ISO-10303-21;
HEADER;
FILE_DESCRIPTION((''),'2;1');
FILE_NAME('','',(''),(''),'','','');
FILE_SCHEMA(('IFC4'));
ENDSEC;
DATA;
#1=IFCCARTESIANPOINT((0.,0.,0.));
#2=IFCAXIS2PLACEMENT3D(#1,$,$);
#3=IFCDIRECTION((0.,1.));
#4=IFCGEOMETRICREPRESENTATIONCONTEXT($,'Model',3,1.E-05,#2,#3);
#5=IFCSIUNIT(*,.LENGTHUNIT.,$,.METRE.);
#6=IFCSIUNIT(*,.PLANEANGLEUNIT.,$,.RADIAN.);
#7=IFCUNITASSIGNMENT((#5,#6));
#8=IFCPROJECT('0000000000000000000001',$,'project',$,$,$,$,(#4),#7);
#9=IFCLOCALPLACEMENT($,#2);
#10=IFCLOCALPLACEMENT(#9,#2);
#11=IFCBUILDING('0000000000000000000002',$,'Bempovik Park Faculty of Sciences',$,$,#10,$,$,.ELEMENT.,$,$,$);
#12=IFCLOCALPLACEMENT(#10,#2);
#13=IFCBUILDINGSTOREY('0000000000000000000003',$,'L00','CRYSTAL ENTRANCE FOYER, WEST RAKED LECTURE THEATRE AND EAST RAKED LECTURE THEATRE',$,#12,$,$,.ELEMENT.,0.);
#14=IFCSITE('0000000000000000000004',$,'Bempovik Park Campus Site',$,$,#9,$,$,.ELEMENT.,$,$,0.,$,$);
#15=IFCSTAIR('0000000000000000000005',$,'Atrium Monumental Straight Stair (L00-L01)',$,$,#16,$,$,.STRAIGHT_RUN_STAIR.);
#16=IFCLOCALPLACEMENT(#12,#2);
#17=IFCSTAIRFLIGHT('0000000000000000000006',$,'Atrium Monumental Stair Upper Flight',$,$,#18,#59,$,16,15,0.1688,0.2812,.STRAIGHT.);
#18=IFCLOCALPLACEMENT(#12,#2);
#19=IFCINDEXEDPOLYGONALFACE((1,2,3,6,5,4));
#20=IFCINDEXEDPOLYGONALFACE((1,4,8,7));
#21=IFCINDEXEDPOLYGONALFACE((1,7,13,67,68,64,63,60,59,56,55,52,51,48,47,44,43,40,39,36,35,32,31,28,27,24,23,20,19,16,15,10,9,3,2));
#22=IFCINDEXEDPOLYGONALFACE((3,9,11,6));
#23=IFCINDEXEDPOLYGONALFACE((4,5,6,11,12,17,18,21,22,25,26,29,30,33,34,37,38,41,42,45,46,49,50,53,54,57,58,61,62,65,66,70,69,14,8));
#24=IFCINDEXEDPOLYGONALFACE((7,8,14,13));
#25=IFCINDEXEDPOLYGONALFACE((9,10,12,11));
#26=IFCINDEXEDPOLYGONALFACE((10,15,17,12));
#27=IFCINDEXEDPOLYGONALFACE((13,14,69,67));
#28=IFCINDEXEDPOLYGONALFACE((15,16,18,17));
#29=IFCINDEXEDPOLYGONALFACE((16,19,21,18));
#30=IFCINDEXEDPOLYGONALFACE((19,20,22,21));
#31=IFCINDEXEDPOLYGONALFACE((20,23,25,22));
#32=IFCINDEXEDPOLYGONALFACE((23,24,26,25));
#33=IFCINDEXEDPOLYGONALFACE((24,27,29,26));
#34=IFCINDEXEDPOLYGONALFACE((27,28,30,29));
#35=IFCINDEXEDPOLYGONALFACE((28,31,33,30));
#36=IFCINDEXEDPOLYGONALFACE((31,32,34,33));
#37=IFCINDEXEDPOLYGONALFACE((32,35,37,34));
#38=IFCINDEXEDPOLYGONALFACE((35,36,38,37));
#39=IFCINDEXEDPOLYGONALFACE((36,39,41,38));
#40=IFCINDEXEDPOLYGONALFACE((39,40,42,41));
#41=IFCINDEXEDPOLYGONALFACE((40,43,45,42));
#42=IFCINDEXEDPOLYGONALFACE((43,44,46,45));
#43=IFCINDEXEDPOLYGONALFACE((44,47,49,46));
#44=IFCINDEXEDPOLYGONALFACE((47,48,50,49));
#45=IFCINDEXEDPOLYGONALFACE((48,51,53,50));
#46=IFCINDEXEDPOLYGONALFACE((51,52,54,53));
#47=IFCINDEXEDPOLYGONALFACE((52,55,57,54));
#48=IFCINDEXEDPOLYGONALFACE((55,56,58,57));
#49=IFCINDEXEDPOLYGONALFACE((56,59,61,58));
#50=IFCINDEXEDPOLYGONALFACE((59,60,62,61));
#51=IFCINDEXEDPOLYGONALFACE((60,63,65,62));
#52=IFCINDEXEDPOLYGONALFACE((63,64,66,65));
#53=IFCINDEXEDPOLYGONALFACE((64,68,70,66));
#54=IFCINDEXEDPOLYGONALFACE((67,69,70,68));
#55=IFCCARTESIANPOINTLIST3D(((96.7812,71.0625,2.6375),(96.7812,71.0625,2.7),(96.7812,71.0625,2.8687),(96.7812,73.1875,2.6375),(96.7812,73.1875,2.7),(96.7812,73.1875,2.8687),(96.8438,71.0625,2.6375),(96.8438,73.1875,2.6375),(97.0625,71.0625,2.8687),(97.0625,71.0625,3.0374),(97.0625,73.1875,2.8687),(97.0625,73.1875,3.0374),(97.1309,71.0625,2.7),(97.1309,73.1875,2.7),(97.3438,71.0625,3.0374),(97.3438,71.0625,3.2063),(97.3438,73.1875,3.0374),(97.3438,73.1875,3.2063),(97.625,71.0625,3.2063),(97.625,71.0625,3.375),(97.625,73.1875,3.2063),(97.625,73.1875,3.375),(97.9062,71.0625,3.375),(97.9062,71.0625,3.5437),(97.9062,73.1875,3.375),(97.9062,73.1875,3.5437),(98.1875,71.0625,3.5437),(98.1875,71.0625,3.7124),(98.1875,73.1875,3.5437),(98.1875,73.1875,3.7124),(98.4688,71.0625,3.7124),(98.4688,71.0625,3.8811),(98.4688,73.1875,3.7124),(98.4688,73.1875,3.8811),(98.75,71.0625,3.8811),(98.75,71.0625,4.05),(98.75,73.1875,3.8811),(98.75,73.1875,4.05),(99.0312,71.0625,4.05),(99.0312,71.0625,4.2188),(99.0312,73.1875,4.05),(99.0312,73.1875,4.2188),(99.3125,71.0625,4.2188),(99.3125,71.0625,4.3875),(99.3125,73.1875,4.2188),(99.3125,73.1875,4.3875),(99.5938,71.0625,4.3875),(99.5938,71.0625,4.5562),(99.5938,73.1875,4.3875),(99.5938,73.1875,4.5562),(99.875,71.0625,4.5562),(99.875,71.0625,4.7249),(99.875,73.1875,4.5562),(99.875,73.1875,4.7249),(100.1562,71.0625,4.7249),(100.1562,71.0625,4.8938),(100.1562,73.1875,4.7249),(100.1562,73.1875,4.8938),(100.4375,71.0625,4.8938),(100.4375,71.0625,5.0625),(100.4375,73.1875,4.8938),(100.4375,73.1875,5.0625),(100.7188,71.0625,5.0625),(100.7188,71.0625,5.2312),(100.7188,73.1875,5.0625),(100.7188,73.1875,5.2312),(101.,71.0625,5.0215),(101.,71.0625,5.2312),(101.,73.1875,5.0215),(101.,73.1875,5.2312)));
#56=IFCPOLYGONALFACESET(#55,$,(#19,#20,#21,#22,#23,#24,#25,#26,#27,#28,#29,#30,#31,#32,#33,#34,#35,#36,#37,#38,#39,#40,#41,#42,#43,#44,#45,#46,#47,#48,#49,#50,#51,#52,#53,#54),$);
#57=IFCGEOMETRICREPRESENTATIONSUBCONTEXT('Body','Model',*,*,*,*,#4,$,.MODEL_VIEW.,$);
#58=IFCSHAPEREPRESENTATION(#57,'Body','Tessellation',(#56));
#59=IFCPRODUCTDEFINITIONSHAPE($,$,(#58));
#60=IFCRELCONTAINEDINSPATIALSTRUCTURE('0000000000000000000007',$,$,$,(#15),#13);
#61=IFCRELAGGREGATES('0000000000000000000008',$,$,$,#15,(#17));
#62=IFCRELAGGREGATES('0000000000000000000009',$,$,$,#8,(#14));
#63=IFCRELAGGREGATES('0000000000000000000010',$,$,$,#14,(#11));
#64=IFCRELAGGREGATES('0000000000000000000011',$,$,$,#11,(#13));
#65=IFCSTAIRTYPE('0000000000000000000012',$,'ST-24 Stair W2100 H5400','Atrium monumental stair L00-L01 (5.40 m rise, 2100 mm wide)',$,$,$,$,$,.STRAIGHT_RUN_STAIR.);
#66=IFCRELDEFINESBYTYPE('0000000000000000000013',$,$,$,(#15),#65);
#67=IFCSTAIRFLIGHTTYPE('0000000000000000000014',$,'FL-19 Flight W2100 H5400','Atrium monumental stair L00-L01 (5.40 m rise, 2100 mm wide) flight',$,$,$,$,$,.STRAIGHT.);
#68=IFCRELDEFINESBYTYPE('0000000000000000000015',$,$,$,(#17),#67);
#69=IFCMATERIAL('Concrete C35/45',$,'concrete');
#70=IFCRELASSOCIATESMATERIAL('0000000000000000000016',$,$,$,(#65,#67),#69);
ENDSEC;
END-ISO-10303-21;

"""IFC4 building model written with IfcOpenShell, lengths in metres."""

from ifc_helpers import new_model, si_unit, direction, frame, origin, place, context, subcontext, project, spatial, polyline, outline, extrude, material, type_object, element, aggregate, save


model = new_model("IFC4")

# Units and contexts
model_context = context("Model", 3, precision=1e-05, world=origin(), true_north=direction((0.0, 1.0)))
body_context = subcontext(model_context, "Body", "Model", "MODEL_VIEW")
ifc_project = project(units=[si_unit("LENGTHUNIT", "METRE"), si_unit("PLANEANGLEUNIT", "RADIAN")], contexts=[model_context])

# Site, building, storey
site_placement = place(None, origin())
site = spatial("IfcSite", under=ifc_project, at=site_placement, Name="Bempovik Park Campus Site", CompositionType="ELEMENT", RefElevation=0.0)
building_placement = place(site_placement, origin())
building = spatial("IfcBuilding", under=site, at=building_placement, Name="Bempovik Park Faculty of Sciences", CompositionType="ELEMENT")
storey_placement = place(building_placement, origin())
storey = spatial("IfcBuildingStorey", under=building, at=storey_placement, Name="L00", Description="CRYSTAL ENTRANCE FOYER, WEST RAKED LECTURE THEATRE AND EAST RAKED LECTURE THEATRE", CompositionType="ELEMENT", Elevation=0.0)

# Shared definitions
ifc_material_1 = material(Name="Concrete C35/45", Category="concrete")

# Stair, stair flight
stair_type = type_object("IfcStairType", Name="ST-24 Stair W2100 H5400", Description="Atrium monumental stair L00-L01 (5.40 m rise, 2100 mm wide)", PredefinedType="STRAIGHT_RUN_STAIR", material=ifc_material_1)
stair_placement = place(storey_placement, origin())
stair = element("IfcStair", 1, at=stair_placement, inside=storey, type_object=stair_type, Name="Atrium Monumental Straight Stair (L00-L01)", PredefinedType="STRAIGHT_RUN_STAIR")
stair_flight_type = type_object("IfcStairFlightType", Name="FL-19 Flight W2100 H5400", Description="Atrium monumental stair L00-L01 (5.40 m rise, 2100 mm wide) flight", PredefinedType="STRAIGHT", material=ifc_material_1)
stair_flight_1_placement = place(storey_placement, frame((96.7812, 72.125, 2.7), z_axis=(0.0, 0.0, 1.0), x_axis=(1.0, 0.0, 0.0)))
stair_flight_1 = element("IfcStairFlight", 2, at=stair_flight_1_placement, type_object=stair_flight_type, Name="Atrium Monumental Stair Upper Flight", NumberOfRisers=16, NumberOfTreads=15, PredefinedType="STRAIGHT", RiserHeight=0.1688, TreadLength=0.2812, context=body_context, shape_type="SweptSolid", body=[
    extrude(outline(polyline([(0.0, 0.0), (0.0, 0.1687), (0.2812, 0.1687), (0.2812, 0.3374), (0.5625, 0.3374), (0.5625, 0.5063), (0.8438, 0.5063), (0.8438, 0.675), (1.125, 0.675), (1.125, 0.8438), (1.4062, 0.8438), (1.4062, 1.0125), (1.6875, 1.0125), (1.6875, 1.1812), (1.9688, 1.1812), (1.9688, 1.3501), (2.25, 1.3501), (2.25, 1.5188), (2.5312, 1.5188), (2.5312, 1.6875), (2.8125, 1.6875), (2.8125, 1.8562), (3.0938, 1.8562), (3.0938, 2.0249), (3.375, 2.0249), (3.375, 2.1938), (3.6562, 2.1938), (3.6562, 2.3625), (3.9375, 2.3625), (3.9375, 2.5312), (4.2188, 2.5312), (4.2188, 2.7), (4.2188, 2.3215), (0.3496, 0.0), (0.0625, -0.0625), (0.0, -0.0625), (0.0, 0.0)])), frame((0.0, 1.0625, 0.0), z_axis=(0.0, -1.0, 0.0), x_axis=(1.0, 0.0, 0.0)), (0.0, 0.0, 1.0), 2.125),
])
aggregate(stair, [stair_flight_1])

save(model, "model.ifc")
